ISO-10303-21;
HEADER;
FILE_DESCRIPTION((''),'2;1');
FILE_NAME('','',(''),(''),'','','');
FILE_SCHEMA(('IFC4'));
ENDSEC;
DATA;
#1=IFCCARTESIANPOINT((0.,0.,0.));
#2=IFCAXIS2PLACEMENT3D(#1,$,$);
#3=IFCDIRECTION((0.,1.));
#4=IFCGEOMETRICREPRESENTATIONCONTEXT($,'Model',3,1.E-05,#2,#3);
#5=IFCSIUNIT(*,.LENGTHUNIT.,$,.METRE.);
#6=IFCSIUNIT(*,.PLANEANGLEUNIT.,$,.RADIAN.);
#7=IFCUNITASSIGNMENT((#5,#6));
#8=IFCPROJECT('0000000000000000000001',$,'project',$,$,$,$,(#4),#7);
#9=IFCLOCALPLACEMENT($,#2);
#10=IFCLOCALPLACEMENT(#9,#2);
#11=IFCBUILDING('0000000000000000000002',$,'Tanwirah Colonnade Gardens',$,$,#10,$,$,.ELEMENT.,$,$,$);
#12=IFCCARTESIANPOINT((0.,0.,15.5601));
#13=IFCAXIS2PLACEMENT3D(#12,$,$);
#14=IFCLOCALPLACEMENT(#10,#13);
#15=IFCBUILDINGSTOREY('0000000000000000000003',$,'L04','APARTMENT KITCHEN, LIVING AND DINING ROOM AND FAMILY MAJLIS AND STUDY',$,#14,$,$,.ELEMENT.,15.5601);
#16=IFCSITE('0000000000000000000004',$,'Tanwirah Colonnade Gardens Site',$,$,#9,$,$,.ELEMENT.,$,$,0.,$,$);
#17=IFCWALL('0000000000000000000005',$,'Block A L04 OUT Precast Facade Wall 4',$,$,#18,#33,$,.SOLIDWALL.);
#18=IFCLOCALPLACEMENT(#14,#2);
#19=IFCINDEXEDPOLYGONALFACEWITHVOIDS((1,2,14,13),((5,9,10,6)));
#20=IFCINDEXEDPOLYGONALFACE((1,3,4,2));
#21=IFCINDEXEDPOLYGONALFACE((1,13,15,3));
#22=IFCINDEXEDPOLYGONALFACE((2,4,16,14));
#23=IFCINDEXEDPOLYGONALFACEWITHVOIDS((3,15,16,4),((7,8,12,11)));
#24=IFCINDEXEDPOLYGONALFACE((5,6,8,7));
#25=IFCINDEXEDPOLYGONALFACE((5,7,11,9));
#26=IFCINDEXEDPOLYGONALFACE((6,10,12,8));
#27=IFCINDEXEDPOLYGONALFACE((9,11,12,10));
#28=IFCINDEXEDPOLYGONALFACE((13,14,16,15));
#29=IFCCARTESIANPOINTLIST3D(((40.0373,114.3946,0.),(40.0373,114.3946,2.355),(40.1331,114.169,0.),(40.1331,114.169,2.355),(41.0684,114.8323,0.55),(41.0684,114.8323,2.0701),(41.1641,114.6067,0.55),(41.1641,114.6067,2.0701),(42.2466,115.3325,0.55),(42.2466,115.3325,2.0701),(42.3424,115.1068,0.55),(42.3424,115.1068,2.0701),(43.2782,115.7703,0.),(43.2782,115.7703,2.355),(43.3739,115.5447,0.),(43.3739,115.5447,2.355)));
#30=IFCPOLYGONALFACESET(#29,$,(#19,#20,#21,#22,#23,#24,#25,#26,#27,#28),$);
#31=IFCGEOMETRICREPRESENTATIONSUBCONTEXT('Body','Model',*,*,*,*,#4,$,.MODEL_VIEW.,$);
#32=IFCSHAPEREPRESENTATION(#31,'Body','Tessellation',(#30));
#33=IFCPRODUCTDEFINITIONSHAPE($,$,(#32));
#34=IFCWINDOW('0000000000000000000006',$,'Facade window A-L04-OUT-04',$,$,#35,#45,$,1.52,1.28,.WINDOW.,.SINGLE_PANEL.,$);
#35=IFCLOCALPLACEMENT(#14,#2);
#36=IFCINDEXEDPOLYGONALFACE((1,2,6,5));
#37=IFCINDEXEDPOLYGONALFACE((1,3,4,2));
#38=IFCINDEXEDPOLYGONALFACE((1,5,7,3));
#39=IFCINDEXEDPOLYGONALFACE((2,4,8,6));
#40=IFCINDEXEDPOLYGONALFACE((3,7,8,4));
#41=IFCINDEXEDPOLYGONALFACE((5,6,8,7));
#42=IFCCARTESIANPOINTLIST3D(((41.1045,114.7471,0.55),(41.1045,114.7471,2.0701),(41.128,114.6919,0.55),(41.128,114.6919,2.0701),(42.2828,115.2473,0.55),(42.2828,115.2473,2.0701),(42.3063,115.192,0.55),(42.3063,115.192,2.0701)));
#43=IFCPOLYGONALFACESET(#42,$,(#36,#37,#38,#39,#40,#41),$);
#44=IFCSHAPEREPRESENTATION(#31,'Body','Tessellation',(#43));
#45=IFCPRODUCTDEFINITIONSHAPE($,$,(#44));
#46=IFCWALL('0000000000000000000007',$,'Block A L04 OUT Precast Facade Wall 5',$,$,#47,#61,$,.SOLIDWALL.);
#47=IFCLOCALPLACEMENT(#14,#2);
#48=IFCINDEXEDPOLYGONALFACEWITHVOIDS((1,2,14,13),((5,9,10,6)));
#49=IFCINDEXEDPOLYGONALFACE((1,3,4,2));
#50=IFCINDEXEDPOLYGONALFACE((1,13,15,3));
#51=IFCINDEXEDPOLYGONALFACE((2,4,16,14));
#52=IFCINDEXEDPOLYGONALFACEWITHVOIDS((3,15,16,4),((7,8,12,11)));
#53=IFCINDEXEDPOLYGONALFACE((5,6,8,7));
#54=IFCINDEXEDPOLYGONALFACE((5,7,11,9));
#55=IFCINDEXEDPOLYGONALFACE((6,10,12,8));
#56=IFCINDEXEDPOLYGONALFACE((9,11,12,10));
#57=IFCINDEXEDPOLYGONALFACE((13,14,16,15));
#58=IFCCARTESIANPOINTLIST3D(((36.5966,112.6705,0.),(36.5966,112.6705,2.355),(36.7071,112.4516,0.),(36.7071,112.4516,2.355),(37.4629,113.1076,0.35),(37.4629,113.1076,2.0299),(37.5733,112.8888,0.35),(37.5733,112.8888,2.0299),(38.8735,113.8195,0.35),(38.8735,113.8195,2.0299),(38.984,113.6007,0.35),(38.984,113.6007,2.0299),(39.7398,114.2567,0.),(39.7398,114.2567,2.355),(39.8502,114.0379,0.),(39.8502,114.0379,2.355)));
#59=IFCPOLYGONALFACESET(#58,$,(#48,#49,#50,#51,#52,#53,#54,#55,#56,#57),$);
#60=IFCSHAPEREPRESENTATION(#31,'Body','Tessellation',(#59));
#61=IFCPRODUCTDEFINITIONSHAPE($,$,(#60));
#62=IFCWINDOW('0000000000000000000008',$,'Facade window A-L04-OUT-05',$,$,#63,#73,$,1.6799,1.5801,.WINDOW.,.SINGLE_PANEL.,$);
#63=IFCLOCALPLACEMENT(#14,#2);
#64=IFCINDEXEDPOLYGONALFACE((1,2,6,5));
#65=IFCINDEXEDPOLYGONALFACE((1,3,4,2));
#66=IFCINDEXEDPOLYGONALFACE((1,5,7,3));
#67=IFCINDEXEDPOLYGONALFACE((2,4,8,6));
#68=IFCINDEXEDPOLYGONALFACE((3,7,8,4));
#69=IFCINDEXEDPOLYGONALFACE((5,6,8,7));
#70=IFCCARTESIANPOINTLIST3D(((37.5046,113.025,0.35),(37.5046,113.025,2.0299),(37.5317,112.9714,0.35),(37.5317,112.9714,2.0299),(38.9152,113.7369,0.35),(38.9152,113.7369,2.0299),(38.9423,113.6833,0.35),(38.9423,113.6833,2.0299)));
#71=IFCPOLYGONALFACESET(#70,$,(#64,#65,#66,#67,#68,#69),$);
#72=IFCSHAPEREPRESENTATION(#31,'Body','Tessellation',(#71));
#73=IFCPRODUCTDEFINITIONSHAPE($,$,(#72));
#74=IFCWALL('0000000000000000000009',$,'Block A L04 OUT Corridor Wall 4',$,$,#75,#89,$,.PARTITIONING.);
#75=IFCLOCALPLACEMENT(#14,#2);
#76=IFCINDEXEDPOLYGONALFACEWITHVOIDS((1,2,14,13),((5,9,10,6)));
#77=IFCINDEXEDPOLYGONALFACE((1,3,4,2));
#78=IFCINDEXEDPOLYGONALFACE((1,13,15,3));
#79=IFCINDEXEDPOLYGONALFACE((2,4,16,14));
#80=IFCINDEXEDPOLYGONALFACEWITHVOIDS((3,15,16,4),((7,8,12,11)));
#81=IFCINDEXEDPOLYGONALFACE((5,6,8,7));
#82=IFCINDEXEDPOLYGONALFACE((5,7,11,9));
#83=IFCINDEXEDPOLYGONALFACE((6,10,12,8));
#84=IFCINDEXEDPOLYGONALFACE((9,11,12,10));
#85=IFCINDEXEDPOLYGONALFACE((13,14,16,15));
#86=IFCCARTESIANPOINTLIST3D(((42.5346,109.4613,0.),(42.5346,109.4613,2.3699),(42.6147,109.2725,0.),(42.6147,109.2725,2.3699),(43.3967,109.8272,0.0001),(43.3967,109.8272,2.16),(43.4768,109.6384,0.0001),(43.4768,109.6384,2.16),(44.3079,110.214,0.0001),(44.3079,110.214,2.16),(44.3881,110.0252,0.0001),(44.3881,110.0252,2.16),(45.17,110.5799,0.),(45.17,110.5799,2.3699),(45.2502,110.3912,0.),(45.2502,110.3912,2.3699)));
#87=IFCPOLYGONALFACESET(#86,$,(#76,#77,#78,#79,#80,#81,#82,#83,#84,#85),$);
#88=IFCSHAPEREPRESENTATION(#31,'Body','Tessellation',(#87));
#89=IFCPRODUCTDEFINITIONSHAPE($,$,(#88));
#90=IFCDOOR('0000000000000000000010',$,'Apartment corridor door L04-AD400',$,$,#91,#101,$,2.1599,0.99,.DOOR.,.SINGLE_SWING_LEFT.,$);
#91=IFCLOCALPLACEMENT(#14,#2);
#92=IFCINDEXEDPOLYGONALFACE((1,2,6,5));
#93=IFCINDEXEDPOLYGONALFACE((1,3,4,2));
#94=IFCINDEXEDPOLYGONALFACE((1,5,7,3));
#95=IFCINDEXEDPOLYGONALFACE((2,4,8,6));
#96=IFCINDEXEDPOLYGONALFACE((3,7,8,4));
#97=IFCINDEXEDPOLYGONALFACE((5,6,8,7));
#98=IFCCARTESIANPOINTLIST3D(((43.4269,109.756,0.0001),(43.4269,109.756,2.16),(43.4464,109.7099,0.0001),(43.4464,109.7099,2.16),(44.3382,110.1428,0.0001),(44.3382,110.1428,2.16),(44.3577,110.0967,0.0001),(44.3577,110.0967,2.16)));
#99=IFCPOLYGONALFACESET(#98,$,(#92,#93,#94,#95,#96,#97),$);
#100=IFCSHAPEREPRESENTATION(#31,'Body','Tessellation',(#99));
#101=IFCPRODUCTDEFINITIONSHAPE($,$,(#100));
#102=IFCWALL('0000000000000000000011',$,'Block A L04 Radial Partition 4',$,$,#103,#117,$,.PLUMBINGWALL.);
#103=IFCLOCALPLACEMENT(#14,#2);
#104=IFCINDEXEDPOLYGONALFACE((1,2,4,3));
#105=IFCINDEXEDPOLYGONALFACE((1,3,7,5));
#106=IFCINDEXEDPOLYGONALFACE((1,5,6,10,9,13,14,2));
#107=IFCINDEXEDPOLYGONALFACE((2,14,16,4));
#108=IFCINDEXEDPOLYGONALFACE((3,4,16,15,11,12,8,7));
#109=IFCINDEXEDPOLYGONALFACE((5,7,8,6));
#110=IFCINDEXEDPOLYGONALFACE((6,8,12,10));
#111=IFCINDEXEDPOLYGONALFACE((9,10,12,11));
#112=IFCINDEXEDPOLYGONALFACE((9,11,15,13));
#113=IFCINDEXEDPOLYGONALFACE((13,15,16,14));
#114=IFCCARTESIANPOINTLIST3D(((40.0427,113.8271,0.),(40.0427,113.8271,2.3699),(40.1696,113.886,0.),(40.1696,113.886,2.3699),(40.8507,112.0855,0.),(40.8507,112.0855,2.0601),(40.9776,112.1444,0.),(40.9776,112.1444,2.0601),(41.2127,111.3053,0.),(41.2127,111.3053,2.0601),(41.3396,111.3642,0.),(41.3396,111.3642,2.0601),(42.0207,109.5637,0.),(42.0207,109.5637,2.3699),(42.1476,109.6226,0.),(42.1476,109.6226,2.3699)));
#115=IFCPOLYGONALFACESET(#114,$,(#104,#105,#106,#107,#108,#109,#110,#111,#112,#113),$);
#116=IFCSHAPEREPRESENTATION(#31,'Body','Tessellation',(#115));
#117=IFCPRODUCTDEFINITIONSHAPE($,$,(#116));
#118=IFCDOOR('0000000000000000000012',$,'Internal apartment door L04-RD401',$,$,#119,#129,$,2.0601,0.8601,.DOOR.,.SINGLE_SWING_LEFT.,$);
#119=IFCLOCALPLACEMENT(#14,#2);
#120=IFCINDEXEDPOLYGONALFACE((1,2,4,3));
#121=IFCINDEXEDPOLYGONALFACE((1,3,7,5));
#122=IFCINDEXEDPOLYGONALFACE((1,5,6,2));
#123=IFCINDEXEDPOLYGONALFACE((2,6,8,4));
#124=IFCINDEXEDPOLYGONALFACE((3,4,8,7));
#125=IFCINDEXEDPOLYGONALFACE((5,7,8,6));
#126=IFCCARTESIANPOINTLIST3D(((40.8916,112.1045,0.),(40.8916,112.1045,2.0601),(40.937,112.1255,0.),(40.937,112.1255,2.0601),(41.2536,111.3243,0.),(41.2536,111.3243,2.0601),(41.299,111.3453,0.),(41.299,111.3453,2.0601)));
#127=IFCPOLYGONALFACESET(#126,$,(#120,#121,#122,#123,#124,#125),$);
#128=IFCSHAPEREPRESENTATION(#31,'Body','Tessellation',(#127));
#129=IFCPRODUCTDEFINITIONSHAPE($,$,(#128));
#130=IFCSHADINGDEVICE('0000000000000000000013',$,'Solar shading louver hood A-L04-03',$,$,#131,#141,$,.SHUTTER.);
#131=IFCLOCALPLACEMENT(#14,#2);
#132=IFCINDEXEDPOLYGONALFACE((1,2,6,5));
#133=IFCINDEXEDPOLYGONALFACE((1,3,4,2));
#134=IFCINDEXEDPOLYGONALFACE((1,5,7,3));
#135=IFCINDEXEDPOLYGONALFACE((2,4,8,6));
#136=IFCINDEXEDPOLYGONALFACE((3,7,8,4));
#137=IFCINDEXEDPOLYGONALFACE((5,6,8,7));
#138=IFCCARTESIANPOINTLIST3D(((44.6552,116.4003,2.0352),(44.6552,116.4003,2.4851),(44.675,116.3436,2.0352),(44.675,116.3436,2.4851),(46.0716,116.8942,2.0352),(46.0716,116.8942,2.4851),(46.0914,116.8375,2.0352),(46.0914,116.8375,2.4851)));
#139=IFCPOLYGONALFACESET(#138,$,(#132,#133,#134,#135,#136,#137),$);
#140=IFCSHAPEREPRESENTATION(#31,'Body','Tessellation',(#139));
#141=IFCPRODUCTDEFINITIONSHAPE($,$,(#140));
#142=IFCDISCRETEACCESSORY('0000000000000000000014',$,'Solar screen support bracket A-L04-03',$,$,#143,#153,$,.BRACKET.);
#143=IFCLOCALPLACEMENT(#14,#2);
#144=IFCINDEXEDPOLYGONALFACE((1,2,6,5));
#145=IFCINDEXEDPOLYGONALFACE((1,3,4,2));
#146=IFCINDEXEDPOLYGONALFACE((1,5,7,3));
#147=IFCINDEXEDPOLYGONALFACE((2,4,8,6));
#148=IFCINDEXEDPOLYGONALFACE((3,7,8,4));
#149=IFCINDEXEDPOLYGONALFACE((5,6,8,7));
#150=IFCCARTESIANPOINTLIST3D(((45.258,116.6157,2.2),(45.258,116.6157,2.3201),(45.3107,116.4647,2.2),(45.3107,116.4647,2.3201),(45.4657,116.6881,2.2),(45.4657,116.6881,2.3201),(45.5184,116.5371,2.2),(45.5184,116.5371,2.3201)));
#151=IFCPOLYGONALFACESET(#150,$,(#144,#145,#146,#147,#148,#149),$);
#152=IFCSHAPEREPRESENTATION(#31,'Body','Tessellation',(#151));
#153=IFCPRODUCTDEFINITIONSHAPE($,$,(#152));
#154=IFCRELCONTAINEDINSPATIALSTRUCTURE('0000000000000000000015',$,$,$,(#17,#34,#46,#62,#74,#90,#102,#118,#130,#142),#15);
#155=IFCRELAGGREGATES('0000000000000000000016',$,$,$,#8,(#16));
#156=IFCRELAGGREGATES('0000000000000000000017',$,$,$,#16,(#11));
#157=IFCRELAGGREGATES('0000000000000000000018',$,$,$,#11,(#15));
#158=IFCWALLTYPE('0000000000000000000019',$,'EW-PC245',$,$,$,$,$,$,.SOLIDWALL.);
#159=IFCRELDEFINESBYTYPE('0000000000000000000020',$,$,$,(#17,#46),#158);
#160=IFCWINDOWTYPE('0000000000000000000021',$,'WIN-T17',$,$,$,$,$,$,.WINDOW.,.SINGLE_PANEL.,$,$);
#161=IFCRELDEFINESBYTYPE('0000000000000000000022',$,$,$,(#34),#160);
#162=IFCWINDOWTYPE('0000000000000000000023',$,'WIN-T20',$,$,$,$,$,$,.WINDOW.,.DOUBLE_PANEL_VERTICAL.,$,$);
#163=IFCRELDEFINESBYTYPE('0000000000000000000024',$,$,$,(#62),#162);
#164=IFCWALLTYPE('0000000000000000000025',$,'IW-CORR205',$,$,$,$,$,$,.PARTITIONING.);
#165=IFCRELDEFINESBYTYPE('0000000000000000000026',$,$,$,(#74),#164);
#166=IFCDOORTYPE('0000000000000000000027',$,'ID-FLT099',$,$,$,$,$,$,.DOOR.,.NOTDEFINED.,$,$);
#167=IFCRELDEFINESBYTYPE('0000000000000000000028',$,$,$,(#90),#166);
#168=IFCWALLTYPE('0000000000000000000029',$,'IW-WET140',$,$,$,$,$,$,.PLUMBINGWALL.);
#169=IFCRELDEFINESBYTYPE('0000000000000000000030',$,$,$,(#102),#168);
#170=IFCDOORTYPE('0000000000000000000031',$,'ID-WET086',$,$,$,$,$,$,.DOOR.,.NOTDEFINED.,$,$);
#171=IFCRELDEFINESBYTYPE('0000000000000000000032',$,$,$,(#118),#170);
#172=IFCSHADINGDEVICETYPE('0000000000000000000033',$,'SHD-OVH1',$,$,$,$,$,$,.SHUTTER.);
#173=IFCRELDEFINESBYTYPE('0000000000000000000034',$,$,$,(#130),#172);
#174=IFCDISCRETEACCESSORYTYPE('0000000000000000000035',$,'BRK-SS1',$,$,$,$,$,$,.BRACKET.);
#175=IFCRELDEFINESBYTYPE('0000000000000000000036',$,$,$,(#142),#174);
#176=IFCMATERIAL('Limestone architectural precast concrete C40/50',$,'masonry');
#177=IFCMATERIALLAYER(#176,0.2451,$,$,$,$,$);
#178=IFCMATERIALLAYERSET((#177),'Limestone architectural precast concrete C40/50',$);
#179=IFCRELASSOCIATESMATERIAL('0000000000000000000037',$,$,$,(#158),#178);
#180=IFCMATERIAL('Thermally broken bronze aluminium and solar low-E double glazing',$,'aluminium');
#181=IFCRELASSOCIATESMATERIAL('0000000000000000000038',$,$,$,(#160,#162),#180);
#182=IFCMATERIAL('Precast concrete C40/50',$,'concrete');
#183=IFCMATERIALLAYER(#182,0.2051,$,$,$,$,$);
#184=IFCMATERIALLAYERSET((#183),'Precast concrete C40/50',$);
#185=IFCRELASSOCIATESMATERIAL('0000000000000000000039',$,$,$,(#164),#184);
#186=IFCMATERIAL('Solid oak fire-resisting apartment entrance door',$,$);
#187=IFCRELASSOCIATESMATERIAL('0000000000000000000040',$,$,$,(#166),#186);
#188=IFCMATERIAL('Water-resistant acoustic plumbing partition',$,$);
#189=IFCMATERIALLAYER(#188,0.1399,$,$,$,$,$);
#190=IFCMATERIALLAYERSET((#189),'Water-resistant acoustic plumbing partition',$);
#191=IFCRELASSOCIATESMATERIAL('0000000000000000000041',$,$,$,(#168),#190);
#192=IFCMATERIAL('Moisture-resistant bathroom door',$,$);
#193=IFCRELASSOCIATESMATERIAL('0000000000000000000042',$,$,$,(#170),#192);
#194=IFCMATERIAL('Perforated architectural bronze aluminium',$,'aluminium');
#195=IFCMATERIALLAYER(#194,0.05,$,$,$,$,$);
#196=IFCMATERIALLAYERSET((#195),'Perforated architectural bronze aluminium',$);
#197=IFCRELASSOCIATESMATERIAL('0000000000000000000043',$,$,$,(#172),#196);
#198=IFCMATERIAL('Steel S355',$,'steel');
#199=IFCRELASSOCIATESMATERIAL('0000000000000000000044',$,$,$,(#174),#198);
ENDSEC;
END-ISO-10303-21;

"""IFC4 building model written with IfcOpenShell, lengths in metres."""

from ifc_helpers import new_model, si_unit, direction, frame, frame_2d, origin, origin_2d, place, context, subcontext, project, spatial, rectangle, extrude, material, layer, layer_set, type_object, element, fill, save


model = new_model("IFC4")

# Units and contexts
model_context = context("Model", 3, precision=1e-05, world=origin(), true_north=direction((0.0, 1.0)))
body_context = subcontext(model_context, "Body", "Model", "MODEL_VIEW")
ifc_project = project(units=[si_unit("LENGTHUNIT", "METRE"), si_unit("PLANEANGLEUNIT", "RADIAN")], contexts=[model_context])

# Site, building, storey
site_placement = place(None, origin())
site = spatial("IfcSite", under=ifc_project, at=site_placement, Name="Tanwirah Colonnade Gardens Site", CompositionType="ELEMENT", RefElevation=0.0)
building_placement = place(site_placement, origin())
building = spatial("IfcBuilding", under=site, at=building_placement, Name="Tanwirah Colonnade Gardens", CompositionType="ELEMENT")
storey_placement = place(building_placement, frame((0.0, 0.0, 15.5601)))
storey = spatial("IfcBuildingStorey", under=building, at=storey_placement, Name="L04", Description="APARTMENT KITCHEN, LIVING AND DINING ROOM AND FAMILY MAJLIS AND STUDY", CompositionType="ELEMENT", Elevation=15.5601)

# Shared definitions
ifc_material_1 = material(Name="Precast concrete C40/50", Category="concrete")

# Walls, openings, windows
ifc_material_2 = material(Name="Limestone architectural precast concrete C40/50", Category="masonry")
ifc_layer_1 = layer(ifc_material_2, 0.2451)
ifc_layer_set_1 = layer_set([ifc_layer_1], Name="Limestone architectural precast concrete C40/50")
wall_type_1 = type_object("IfcWallType", Name="EW-PC245", PredefinedType="SOLIDWALL", material=ifc_layer_set_1)
wall_1_placement = place(storey_placement, frame((43.3259, 115.6575, 0.0), z_axis=(0.0, 0.0, 1.0), x_axis=(-0.920502, -0.390737, 0.0)))
wall_1 = element("IfcWall", 1, at=wall_1_placement, inside=storey, type_object=wall_type_1, Name="Block A L04 OUT Precast Facade Wall 4", PredefinedType="SOLIDWALL", context=body_context, shape_type="SweptSolid", body=[
    extrude(rectangle(XDim=3.5208, YDim=0.2451, at=frame_2d((1.7603, 0.0))), origin(), (0.0, 0.0, 1.0), 2.355),
])
opening_1_placement = place(wall_1_placement, frame((1.1204, 0.0, 0.55)))
opening_1 = element("IfcOpeningElement", 2, at=opening_1_placement, cuts=wall_1, PredefinedType="OPENING", context=body_context, shape_type="SweptSolid", body=[
    extrude(rectangle(XDim=1.28, YDim=1.52, at=frame_2d((0.6401, 0.76))), frame((0.0, 0.1326, 0.0), z_axis=(0.0, -1.0, 0.0), x_axis=(1.0, 0.0, 0.0)), (0.0, 0.0, 1.0), 0.2651),
])
ifc_material_3 = material(Name="Thermally broken bronze aluminium and solar low-E double glazing", Category="aluminium")
window_type_1 = type_object("IfcWindowType", Name="WIN-T17", PartitioningType="SINGLE_PANEL", PredefinedType="WINDOW", material=ifc_material_3)
window_1_placement = place(opening_1_placement, origin())
window_1 = element("IfcWindow", 3, at=window_1_placement, inside=storey, type_object=window_type_1, Name="Facade window A-L04-OUT-04", OverallHeight=1.52, OverallWidth=1.28, PartitioningType="SINGLE_PANEL", PredefinedType="WINDOW", context=body_context, shape_type="SweptSolid", body=[
    extrude(rectangle(XDim=1.28, YDim=1.52, at=frame_2d((0.6401, 0.76))), frame((0.0, 0.03, 0.0), z_axis=(0.0, -1.0, 0.0), x_axis=(1.0, 0.0, 0.0)), (0.0, 0.0, 1.0), 0.0601),
])
fill(opening_1, window_1)
wall_2_placement = place(storey_placement, frame((39.7949, 114.1472, 0.0), z_axis=(0.0, 0.0, 1.0), x_axis=(-0.892757, -0.450539, 0.0)))
wall_2 = element("IfcWall", 4, at=wall_2_placement, inside=storey, type_object=wall_type_1, Name="Block A L04 OUT Precast Facade Wall 5", PredefinedType="SOLIDWALL", context=body_context, shape_type="SweptSolid", body=[
    extrude(rectangle(XDim=3.5208, YDim=0.2451, at=frame_2d((1.7603, 0.0))), origin(), (0.0, 0.0, 1.0), 2.355),
])
opening_2_placement = place(wall_2_placement, frame((0.9702, 0.0, 0.3501)))
opening_2 = element("IfcOpeningElement", 5, at=opening_2_placement, cuts=wall_2, PredefinedType="OPENING", context=body_context, shape_type="SweptSolid", body=[
    extrude(rectangle(XDim=1.5801, YDim=1.6799, at=frame_2d((0.79, 0.8398))), frame((0.0, 0.1326, 0.0), z_axis=(0.0, -1.0, 0.0), x_axis=(1.0, 0.0, 0.0)), (0.0, 0.0, 1.0), 0.2651),
])
window_type_2 = type_object("IfcWindowType", Name="WIN-T20", PartitioningType="DOUBLE_PANEL_VERTICAL", PredefinedType="WINDOW", material=ifc_material_3)
window_2_placement = place(opening_2_placement, origin())
window_2 = element("IfcWindow", 6, at=window_2_placement, inside=storey, type_object=window_type_2, Name="Facade window A-L04-OUT-05", OverallHeight=1.6799, OverallWidth=1.5801, PartitioningType="SINGLE_PANEL", PredefinedType="WINDOW", context=body_context, shape_type="SweptSolid", body=[
    extrude(rectangle(XDim=1.5801, YDim=1.6799, at=frame_2d((0.79, 0.8398))), frame((0.0, 0.03, 0.0), z_axis=(0.0, -1.0, 0.0), x_axis=(1.0, 0.0, 0.0)), (0.0, 0.0, 1.0), 0.0601),
])
fill(opening_2, window_2)

# Walls, openings, doors
ifc_layer_2 = layer(ifc_material_1, 0.2051)
ifc_layer_set_2 = layer_set([ifc_layer_2], Name="Precast concrete C40/50")
wall_type_2 = type_object("IfcWallType", Name="IW-CORR205", PredefinedType="PARTITIONING", material=ifc_layer_set_2)
wall_3_placement = place(storey_placement, frame((45.2102, 110.4856, 0.0), z_axis=(0.0, 0.0, 1.0), x_axis=(-0.920511, -0.390716, 0.0)))
wall_3 = element("IfcWall", 7, at=wall_3_placement, inside=storey, type_object=wall_type_2, Name="Block A L04 OUT Corridor Wall 4", PredefinedType="PARTITIONING", context=body_context, shape_type="SweptSolid", body=[
    extrude(rectangle(XDim=2.863, YDim=0.2051, at=frame_2d((1.4316, 0.0))), origin(), (0.0, 0.0, 1.0), 2.3699),
])
opening_3_placement = place(wall_3_placement, frame((0.9365, 0.0, 0.0)))
opening_3 = element("IfcOpeningElement", 8, at=opening_3_placement, cuts=wall_3, PredefinedType="OPENING", context=body_context, shape_type="SweptSolid", body=[
    extrude(rectangle(XDim=0.99, YDim=2.1599, at=frame_2d((0.4951, 1.0801))), frame((0.0, 0.1125, 0.0), z_axis=(0.0, -1.0, 0.0), x_axis=(1.0, 0.0, 0.0)), (0.0, 0.0, 1.0), 0.2251),
])
ifc_material_4 = material(Name="Solid oak fire-resisting apartment entrance door")
door_type_1 = type_object("IfcDoorType", Name="ID-FLT099", OperationType="NOTDEFINED", PredefinedType="DOOR", material=ifc_material_4)
door_1_placement = place(opening_3_placement, origin())
door_1 = element("IfcDoor", 9, at=door_1_placement, inside=storey, type_object=door_type_1, Name="Apartment corridor door L04-AD400", OperationType="SINGLE_SWING_LEFT", OverallHeight=2.1599, OverallWidth=0.99, PredefinedType="DOOR", context=body_context, shape_type="SweptSolid", body=[
    extrude(rectangle(XDim=0.99, YDim=2.1599, at=frame_2d((0.4951, 1.0801))), frame((0.0, 0.0249, 0.0), z_axis=(0.0, -1.0, 0.0), x_axis=(1.0, 0.0, 0.0)), (0.0, 0.0, 1.0), 0.05),
])
fill(opening_3, door_1)
ifc_material_5 = material(Name="Water-resistant acoustic plumbing partition")
ifc_layer_3 = layer(ifc_material_5, 0.1399)
ifc_layer_set_3 = layer_set([ifc_layer_3], Name="Water-resistant acoustic plumbing partition")
wall_type_3 = type_object("IfcWallType", Name="IW-WET140", PredefinedType="PLUMBINGWALL", material=ifc_layer_set_3)
wall_4_placement = place(storey_placement, frame((42.0842, 109.593, 0.0), z_axis=(0.0, 0.0, 1.0), x_axis=(-0.420863, 0.907124, 0.0)))
wall_4 = element("IfcWall", 10, at=wall_4_placement, inside=storey, type_object=wall_type_3, Name="Block A L04 Radial Partition 4", PredefinedType="PLUMBINGWALL", context=body_context, shape_type="SweptSolid", body=[
    extrude(rectangle(XDim=4.7, YDim=0.1399, at=frame_2d((2.3501, 0.0))), origin(), (0.0, 0.0, 1.0), 2.3699),
])
opening_4_placement = place(wall_4_placement, frame((1.9199, 0.0, 0.0)))
opening_4 = element("IfcOpeningElement", 11, at=opening_4_placement, cuts=wall_4, PredefinedType="OPENING", context=body_context, shape_type="SweptSolid", body=[
    extrude(rectangle(XDim=0.8601, YDim=2.0601, at=frame_2d((0.4302, 1.03))), frame((0.0, 0.0798, 0.0), z_axis=(0.0, -1.0, 0.0), x_axis=(1.0, 0.0, 0.0)), (0.0, 0.0, 1.0), 0.1599),
])
ifc_material_6 = material(Name="Moisture-resistant bathroom door")
door_type_2 = type_object("IfcDoorType", Name="ID-WET086", OperationType="NOTDEFINED", PredefinedType="DOOR", material=ifc_material_6)
door_2_placement = place(opening_4_placement, origin())
door_2 = element("IfcDoor", 12, at=door_2_placement, inside=storey, type_object=door_type_2, Name="Internal apartment door L04-RD401", OperationType="SINGLE_SWING_LEFT", OverallHeight=2.0601, OverallWidth=0.8601, PredefinedType="DOOR", context=body_context, shape_type="SweptSolid", body=[
    extrude(rectangle(XDim=0.8601, YDim=2.0601, at=frame_2d((0.4302, 1.03))), frame((0.0, 0.0249, 0.0), z_axis=(0.0, -1.0, 0.0), x_axis=(1.0, 0.0, 0.0)), (0.0, 0.0, 1.0), 0.05),
])
fill(opening_4, door_2)

# Shading device
ifc_material_7 = material(Name="Perforated architectural bronze aluminium", Category="aluminium")
ifc_layer_4 = layer(ifc_material_7, 0.05)
ifc_layer_set_4 = layer_set([ifc_layer_4], Name="Perforated architectural bronze aluminium")
shading_device_type = type_object("IfcShadingDeviceType", Name="SHD-OVH1", PredefinedType="SHUTTER", material=ifc_layer_set_4)
shading_device_placement = place(storey_placement, frame((45.3733, 116.6189, 2.0352), z_axis=(0.0, 0.0, 1.0), x_axis=(-0.944249, -0.329233, 0.0)))
element("IfcShadingDevice", 13, at=shading_device_placement, inside=storey, type_object=shading_device_type, Name="Solar shading louver hood A-L04-03", PredefinedType="SHUTTER", context=body_context, shape_type="SweptSolid", body=[
    extrude(rectangle(XDim=1.5, YDim=0.0601, at=origin_2d()), origin(), (0.0, 0.0, 1.0), 0.45),
])

# Discrete accessory
ifc_material_8 = material(Name="Steel S355", Category="steel")
discrete_accessory_type = type_object("IfcDiscreteAccessoryType", Name="BRK-SS1", PredefinedType="BRACKET", material=ifc_material_8)
discrete_accessory_placement = place(storey_placement, frame((45.3882, 116.5764, 2.2), z_axis=(0.0, 0.0, 1.0), x_axis=(-0.944249, -0.329233, 0.0)))
element("IfcDiscreteAccessory", 14, at=discrete_accessory_placement, inside=storey, type_object=discrete_accessory_type, Name="Solar screen support bracket A-L04-03", PredefinedType="BRACKET", context=body_context, shape_type="SweptSolid", body=[
    extrude(rectangle(XDim=0.22, YDim=0.1599, at=origin_2d()), origin(), (0.0, 0.0, 1.0), 0.1201),
])

save(model, "model.ifc")
